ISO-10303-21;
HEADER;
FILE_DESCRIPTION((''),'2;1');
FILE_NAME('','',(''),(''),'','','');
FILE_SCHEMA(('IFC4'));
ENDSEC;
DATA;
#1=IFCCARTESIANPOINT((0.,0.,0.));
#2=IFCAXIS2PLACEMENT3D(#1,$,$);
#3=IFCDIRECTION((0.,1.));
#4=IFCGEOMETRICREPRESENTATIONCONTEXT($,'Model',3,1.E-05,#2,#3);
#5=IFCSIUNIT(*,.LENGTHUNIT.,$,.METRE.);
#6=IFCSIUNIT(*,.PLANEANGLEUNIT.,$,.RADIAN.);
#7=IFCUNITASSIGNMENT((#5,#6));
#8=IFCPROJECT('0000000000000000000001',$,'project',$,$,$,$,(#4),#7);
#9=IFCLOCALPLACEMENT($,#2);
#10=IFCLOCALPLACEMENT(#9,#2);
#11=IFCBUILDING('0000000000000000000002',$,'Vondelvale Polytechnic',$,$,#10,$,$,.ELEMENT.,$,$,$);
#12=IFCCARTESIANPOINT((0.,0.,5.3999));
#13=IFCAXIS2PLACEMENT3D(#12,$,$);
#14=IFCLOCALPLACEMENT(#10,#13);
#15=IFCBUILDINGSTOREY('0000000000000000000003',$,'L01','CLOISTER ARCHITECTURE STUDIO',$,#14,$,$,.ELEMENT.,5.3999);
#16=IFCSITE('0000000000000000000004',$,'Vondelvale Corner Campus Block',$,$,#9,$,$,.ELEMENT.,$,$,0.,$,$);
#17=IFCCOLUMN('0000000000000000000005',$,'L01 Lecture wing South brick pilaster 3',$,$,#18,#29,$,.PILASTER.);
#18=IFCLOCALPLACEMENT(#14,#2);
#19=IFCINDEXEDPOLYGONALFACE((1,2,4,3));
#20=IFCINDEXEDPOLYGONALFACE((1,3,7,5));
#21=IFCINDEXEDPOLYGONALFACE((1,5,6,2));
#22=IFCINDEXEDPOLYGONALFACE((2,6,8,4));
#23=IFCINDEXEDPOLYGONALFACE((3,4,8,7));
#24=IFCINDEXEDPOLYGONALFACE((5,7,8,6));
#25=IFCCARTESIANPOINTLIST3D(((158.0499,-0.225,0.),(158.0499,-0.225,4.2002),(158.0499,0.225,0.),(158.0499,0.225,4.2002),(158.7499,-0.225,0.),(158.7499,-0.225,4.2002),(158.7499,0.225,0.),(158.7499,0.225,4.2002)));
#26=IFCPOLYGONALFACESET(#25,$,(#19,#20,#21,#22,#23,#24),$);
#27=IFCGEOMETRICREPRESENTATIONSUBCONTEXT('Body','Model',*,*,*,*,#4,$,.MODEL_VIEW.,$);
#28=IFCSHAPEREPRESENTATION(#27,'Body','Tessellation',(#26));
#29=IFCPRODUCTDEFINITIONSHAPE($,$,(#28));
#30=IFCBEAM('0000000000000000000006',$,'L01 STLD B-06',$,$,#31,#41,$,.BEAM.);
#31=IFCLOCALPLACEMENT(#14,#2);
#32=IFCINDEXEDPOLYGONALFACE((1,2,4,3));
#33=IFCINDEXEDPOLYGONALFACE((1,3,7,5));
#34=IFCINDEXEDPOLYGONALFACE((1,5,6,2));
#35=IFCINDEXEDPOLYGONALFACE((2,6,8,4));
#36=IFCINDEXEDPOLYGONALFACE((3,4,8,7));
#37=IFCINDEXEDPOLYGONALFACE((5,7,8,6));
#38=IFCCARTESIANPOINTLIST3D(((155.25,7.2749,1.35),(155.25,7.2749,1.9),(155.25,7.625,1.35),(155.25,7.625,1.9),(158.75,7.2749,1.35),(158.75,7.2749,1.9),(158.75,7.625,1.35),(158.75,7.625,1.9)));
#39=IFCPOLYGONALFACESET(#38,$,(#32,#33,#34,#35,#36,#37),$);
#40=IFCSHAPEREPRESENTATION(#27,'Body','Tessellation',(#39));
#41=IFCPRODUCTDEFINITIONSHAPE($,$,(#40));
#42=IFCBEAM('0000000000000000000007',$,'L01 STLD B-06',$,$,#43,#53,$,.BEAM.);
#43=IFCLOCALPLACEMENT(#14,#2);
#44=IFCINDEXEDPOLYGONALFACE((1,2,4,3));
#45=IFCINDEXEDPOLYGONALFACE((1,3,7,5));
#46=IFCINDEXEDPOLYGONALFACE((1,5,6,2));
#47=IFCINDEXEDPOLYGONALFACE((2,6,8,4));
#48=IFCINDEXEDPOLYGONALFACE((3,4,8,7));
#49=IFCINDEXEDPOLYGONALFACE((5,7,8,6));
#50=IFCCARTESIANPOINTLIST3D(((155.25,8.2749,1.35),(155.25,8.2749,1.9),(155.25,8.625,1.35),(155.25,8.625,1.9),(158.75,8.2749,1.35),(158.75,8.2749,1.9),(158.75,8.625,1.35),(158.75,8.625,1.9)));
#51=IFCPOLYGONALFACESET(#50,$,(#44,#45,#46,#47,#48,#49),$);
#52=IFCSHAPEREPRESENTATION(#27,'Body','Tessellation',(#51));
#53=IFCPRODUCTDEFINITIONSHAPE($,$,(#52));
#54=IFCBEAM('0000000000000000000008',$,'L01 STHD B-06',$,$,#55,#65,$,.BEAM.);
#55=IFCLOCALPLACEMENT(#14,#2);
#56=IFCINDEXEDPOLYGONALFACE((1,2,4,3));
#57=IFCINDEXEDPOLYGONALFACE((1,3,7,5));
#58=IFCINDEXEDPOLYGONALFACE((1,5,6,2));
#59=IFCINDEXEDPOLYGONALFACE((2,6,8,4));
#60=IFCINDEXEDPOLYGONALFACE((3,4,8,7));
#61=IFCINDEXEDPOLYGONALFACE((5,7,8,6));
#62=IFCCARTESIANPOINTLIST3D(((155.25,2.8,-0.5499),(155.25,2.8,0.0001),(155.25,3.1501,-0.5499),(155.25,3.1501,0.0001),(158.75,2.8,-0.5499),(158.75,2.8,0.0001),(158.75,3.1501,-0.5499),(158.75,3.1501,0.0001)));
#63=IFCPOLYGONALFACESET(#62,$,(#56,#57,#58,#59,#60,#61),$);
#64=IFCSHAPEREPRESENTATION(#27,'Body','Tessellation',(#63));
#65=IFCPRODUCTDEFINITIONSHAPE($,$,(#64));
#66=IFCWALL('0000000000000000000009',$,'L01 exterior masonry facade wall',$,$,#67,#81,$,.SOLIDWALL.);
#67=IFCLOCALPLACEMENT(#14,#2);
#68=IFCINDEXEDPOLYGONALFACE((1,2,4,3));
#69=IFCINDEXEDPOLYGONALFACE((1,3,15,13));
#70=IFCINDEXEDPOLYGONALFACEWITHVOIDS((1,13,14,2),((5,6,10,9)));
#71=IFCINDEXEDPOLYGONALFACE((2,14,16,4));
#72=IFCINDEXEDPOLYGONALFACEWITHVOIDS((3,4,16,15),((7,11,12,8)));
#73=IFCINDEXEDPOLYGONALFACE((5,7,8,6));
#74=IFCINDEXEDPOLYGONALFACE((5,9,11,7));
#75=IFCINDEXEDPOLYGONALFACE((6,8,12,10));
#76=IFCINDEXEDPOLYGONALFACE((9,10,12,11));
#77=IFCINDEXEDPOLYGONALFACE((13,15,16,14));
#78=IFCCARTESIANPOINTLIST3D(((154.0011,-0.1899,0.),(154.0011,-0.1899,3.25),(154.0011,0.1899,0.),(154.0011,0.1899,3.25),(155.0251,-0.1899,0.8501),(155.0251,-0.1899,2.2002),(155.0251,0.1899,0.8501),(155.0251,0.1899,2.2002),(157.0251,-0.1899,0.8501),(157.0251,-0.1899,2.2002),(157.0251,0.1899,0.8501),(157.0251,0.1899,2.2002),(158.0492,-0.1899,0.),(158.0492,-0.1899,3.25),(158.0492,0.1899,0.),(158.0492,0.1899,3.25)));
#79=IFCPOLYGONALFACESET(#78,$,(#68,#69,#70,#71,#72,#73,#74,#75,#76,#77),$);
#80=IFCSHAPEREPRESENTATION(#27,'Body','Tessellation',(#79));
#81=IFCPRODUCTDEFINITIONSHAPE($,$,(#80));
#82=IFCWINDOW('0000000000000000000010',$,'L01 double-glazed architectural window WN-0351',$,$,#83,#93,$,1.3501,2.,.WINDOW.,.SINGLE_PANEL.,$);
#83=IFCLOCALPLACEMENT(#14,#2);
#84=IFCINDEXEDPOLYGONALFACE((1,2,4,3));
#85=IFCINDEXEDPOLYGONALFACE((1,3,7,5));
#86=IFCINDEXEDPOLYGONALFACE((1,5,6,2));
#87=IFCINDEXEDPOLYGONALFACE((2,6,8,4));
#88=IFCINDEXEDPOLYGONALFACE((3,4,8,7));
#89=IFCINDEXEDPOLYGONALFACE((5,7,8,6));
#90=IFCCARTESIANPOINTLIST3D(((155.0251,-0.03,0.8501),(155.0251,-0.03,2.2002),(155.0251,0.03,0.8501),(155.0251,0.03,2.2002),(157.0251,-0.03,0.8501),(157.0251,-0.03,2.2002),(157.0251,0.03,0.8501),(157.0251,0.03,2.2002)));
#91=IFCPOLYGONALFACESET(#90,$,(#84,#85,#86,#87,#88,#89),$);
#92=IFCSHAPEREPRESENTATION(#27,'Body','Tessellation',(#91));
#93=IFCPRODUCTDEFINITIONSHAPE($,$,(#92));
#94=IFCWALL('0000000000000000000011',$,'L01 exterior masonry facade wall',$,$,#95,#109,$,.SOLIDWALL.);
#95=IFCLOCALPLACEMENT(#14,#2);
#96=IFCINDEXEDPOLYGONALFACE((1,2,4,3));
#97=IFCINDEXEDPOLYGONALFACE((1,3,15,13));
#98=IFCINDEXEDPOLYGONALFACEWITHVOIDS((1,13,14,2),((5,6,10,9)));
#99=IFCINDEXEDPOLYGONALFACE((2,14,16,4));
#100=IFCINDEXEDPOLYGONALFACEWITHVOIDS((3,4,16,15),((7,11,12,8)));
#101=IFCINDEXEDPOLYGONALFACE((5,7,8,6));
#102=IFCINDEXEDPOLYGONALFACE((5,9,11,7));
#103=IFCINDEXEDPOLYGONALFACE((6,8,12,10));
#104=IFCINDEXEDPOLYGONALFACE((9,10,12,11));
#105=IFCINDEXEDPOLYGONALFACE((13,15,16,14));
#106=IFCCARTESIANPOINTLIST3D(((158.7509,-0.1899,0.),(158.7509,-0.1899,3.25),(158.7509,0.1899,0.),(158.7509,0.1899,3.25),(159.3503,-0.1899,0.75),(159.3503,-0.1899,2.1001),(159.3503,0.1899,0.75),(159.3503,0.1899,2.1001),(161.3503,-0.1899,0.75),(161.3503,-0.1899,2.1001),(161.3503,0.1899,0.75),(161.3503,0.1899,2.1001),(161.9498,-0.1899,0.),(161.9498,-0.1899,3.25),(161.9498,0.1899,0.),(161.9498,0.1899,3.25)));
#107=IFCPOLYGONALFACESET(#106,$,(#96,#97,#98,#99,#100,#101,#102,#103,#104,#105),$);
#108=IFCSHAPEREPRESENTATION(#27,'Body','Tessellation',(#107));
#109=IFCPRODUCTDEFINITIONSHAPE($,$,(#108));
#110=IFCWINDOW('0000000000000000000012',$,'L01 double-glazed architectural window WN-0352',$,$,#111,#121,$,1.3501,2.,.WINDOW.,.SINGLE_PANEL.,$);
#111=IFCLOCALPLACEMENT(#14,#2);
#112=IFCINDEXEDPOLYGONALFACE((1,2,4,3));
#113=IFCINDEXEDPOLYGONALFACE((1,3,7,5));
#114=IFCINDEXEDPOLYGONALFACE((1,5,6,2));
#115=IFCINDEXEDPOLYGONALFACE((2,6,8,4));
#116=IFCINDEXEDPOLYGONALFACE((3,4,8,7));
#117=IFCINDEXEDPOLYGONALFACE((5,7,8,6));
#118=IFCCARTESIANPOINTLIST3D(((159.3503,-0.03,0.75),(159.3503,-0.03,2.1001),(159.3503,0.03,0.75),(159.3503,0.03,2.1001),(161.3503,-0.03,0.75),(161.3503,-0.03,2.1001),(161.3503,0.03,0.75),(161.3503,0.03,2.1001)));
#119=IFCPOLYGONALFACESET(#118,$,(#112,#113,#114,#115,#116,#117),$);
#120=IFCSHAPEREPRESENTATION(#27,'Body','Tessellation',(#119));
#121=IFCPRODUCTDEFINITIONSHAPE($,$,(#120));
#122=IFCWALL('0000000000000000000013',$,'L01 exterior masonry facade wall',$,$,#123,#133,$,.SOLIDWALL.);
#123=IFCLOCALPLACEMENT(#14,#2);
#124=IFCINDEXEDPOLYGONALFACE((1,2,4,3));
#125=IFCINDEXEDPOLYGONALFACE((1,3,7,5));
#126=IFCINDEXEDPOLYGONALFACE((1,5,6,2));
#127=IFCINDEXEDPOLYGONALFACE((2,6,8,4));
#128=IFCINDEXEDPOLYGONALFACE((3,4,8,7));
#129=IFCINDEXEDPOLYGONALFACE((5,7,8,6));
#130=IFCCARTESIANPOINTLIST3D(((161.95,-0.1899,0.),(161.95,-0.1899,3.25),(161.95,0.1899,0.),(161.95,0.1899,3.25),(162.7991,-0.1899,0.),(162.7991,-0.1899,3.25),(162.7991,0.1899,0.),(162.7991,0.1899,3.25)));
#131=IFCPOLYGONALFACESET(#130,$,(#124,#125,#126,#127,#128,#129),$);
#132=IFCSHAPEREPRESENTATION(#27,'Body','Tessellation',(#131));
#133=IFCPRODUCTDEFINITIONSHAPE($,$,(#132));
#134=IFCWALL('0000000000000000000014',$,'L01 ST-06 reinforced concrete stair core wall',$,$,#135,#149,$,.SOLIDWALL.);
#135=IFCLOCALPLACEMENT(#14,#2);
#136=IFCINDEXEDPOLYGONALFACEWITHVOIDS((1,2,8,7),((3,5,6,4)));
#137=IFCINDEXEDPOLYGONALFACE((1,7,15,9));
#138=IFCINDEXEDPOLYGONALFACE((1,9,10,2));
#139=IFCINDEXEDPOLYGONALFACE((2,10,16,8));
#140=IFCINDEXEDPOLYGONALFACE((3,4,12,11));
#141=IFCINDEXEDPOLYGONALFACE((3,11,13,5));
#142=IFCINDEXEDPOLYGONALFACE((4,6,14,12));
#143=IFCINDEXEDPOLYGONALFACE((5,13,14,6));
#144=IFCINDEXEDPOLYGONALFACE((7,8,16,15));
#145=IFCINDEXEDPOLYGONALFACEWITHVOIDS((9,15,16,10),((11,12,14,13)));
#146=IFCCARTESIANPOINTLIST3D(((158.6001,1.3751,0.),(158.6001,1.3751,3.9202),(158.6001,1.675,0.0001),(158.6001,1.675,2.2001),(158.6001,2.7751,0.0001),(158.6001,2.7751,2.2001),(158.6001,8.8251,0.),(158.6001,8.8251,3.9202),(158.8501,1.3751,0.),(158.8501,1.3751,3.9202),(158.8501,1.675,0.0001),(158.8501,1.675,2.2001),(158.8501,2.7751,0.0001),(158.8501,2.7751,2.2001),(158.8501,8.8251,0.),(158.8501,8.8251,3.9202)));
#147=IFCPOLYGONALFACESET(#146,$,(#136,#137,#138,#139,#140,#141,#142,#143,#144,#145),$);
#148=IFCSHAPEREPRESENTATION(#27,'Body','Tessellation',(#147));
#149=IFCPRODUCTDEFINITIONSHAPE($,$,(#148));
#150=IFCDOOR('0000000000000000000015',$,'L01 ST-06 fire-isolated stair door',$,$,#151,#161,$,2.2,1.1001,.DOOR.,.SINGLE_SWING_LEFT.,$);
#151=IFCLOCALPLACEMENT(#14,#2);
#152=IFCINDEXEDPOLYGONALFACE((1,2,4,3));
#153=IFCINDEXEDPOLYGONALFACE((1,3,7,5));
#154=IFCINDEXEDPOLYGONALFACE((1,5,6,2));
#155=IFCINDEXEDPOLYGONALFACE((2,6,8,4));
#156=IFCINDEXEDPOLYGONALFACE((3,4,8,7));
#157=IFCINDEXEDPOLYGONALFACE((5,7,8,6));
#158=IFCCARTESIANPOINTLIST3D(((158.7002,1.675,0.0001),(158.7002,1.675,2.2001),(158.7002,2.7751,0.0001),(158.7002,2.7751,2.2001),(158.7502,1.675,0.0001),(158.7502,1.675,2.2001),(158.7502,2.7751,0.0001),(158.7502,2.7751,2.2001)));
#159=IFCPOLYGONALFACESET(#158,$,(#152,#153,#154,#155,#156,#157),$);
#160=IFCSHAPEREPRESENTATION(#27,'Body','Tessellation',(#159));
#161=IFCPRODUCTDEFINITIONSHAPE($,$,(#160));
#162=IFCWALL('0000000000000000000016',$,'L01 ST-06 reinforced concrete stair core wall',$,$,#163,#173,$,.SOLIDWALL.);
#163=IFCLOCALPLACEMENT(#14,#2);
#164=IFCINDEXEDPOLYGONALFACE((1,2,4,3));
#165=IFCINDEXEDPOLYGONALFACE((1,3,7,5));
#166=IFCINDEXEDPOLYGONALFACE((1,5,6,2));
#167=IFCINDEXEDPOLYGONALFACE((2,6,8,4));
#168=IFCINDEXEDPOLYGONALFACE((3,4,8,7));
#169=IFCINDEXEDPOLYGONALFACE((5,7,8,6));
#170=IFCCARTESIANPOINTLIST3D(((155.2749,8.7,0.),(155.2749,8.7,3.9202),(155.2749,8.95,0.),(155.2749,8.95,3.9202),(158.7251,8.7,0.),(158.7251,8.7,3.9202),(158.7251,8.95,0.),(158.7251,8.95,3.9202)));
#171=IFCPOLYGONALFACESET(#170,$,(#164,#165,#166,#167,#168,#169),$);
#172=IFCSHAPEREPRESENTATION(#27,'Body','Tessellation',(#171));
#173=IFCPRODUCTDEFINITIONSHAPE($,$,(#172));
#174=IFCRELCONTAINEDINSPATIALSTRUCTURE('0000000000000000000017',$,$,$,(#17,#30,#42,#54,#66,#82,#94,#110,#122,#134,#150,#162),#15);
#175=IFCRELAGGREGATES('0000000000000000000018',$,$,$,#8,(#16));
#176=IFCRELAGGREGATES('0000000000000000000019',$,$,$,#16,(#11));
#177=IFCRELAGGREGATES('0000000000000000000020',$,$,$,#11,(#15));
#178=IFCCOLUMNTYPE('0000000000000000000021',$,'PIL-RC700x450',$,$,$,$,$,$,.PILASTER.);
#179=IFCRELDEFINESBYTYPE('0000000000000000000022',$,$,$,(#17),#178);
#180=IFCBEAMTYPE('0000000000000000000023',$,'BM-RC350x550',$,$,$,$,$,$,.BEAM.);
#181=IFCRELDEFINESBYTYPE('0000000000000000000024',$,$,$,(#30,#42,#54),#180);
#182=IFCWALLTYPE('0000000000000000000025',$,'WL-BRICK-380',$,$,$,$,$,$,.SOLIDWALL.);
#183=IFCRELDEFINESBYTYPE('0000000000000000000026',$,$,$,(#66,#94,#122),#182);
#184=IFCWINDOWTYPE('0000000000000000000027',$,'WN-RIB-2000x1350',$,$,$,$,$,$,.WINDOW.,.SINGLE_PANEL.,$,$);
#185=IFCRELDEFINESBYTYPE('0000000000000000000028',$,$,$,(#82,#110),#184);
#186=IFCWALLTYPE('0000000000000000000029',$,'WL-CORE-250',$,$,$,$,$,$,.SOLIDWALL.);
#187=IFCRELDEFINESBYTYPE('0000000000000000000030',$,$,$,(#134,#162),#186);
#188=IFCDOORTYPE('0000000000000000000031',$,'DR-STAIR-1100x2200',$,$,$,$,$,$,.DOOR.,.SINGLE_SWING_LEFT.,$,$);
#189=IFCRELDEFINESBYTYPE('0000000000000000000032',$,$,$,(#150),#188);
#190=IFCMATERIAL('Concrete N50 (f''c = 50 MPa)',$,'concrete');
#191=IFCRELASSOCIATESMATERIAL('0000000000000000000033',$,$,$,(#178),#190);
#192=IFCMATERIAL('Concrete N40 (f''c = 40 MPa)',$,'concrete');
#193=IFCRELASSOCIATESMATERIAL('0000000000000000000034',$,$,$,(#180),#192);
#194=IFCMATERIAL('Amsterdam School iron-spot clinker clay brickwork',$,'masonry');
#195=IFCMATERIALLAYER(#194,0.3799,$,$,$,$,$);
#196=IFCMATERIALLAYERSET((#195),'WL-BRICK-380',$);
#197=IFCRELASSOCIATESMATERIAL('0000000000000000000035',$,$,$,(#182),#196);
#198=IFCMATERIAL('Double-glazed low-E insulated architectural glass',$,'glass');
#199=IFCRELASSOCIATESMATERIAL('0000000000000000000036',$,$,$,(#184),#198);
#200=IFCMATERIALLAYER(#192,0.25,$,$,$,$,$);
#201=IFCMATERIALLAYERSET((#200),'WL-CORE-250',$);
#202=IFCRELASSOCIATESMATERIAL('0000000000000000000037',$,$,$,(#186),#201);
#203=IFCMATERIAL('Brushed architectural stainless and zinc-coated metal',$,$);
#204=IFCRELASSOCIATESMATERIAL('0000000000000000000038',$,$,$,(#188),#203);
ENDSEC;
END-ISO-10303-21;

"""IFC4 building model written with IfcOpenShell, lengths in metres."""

from ifc_helpers import new_model, si_unit, direction, frame, frame_2d, origin, origin_2d, place, context, subcontext, project, spatial, rectangle, extrude, material, layer, layer_set, material_profile, profile_set, type_object, element, fill, save


model = new_model("IFC4")

# Units and contexts
model_context = context("Model", 3, precision=1e-05, world=origin(), true_north=direction((0.0, 1.0)))
body_context = subcontext(model_context, "Body", "Model", "MODEL_VIEW")
ifc_project = project(units=[si_unit("LENGTHUNIT", "METRE"), si_unit("PLANEANGLEUNIT", "RADIAN")], contexts=[model_context])

# Site, building, storey
site_placement = place(None, origin())
site = spatial("IfcSite", under=ifc_project, at=site_placement, Name="Vondelvale Corner Campus Block", CompositionType="ELEMENT", RefElevation=0.0)
building_placement = place(site_placement, origin())
building = spatial("IfcBuilding", under=site, at=building_placement, Name="Vondelvale Polytechnic", CompositionType="ELEMENT")
storey_placement = place(building_placement, frame((0.0, 0.0, 5.3999)))
storey = spatial("IfcBuildingStorey", under=building, at=storey_placement, Name="L01", Description="CLOISTER ARCHITECTURE STUDIO", CompositionType="ELEMENT", Elevation=5.3999)

# Column
ifc_material_1 = material(Name="Concrete N50 (f'c = 50 MPa)", Category="concrete")
ifc_material_profile_1 = material_profile(ifc_material_1, rectangle(XDim=0.45, YDim=0.7, at=origin_2d()), Name="RC-PIL-700x450")
ifc_profile_set_1 = profile_set([ifc_material_profile_1], Name="Concrete N50 (f'c = 50 MPa)")
column_type = type_object("IfcColumnType", Name="PIL-RC700x450", PredefinedType="PILASTER", material=ifc_profile_set_1)
column_placement = place(storey_placement, frame((158.3999, 0.0, 0.0), z_axis=(0.0, 0.0, 1.0), x_axis=(0.0, 1.0, 0.0)))
element("IfcColumn", 1, at=column_placement, inside=storey, type_object=column_type, Name="L01 Lecture wing South brick pilaster 3", PredefinedType="PILASTER", context=body_context, shape_type="SweptSolid", body=[
    extrude(rectangle(XDim=0.45, YDim=0.7, at=origin_2d()), origin(), (0.0, 0.0, 1.0), 4.2002),
])

# Beams
ifc_material_2 = material(Name="Concrete N40 (f'c = 40 MPa)", Category="concrete")
ifc_material_profile_2 = material_profile(ifc_material_2, rectangle(XDim=0.3501, YDim=0.55, at=origin_2d()), Name="RC-BM-350x550")
ifc_profile_set_2 = profile_set([ifc_material_profile_2], Name="Concrete N40 (f'c = 40 MPa)")
beam_type = type_object("IfcBeamType", Name="BM-RC350x550", PredefinedType="BEAM", material=ifc_profile_set_2)
for number, where, z_axis, x_axis, name in (
    (2, (158.75, 7.45, 1.625), (-1.0, 0.0, 0.0), (0.0, -1.0, 0.0), "L01 STLD B-06"),
    (3, (158.75, 8.45, 1.625), (-1.0, 0.0, 0.0), (0.0, -1.0, 0.0), "L01 STLD B-06"),
    (4, (158.75, 2.9751, -0.2749), (-1.0, 0.0, 0.0), (0.0, -1.0, 0.0), "L01 STHD B-06"),
):
    element("IfcBeam", number, at=place(storey_placement, frame(where, z_axis=z_axis, x_axis=x_axis)), inside=storey, type_object=beam_type, Name=name, PredefinedType="BEAM", context=body_context, shape_type="SweptSolid", body=[
        extrude(rectangle(XDim=0.3501, YDim=0.55, at=origin_2d()), origin(), (0.0, 0.0, 1.0), 3.5),
    ])

# Walls, openings, windows
ifc_material_3 = material(Name="Amsterdam School iron-spot clinker clay brickwork", Category="masonry")
ifc_layer_1 = layer(ifc_material_3, 0.3799)
ifc_layer_set_1 = layer_set([ifc_layer_1], Name="WL-BRICK-380")
wall_type_1 = type_object("IfcWallType", Name="WL-BRICK-380", PredefinedType="SOLIDWALL", material=ifc_layer_set_1)
wall_1_placement = place(storey_placement, frame((158.0491, 0.0, 0.0), z_axis=(0.0, 0.0, 1.0), x_axis=(-1.0, 0.0, 0.0)))
wall_1 = element("IfcWall", 5, at=wall_1_placement, inside=storey, type_object=wall_type_1, Name="L01 exterior masonry facade wall", PredefinedType="SOLIDWALL", context=body_context, shape_type="SweptSolid", body=[
    extrude(rectangle(XDim=4.0481, YDim=0.3799, at=frame_2d((2.0239, 0.0))), origin(), (0.0, 0.0, 1.0), 3.25),
])
opening_1_placement = place(wall_1_placement, frame((1.0239, 0.0, 0.8501)))
opening_1 = element("IfcOpeningElement", 6, at=opening_1_placement, cuts=wall_1, PredefinedType="OPENING", context=body_context, shape_type="SweptSolid", body=[
    extrude(rectangle(XDim=2.0, YDim=1.3501, at=frame_2d((1.0, 0.675))), frame((0.0, 0.2, 0.0), z_axis=(0.0, -1.0, 0.0), x_axis=(1.0, 0.0, 0.0)), (0.0, 0.0, 1.0), 0.3999),
])
ifc_material_4 = material(Name="Double-glazed low-E insulated architectural glass", Category="glass")
window_type = type_object("IfcWindowType", Name="WN-RIB-2000x1350", PartitioningType="SINGLE_PANEL", PredefinedType="WINDOW", material=ifc_material_4)
window_1_placement = place(opening_1_placement, origin())
window_1 = element("IfcWindow", 7, at=window_1_placement, inside=storey, type_object=window_type, Name="L01 double-glazed architectural window WN-0351", OverallHeight=1.3501, OverallWidth=2.0, PartitioningType="SINGLE_PANEL", PredefinedType="WINDOW", context=body_context, shape_type="SweptSolid", body=[
    extrude(rectangle(XDim=2.0, YDim=1.3501, at=frame_2d((1.0, 0.675))), frame((0.0, 0.03, 0.0), z_axis=(0.0, -1.0, 0.0), x_axis=(1.0, 0.0, 0.0)), (0.0, 0.0, 1.0), 0.0601),
])
fill(opening_1, window_1)
wall_2_placement = place(storey_placement, frame((161.95, 0.0, 0.0), z_axis=(0.0, 0.0, 1.0), x_axis=(-1.0, 0.0, 0.0)))
wall_2 = element("IfcWall", 8, at=wall_2_placement, inside=storey, type_object=wall_type_1, Name="L01 exterior masonry facade wall", PredefinedType="SOLIDWALL", context=body_context, shape_type="SweptSolid", body=[
    extrude(rectangle(XDim=3.199, YDim=0.3799, at=frame_2d((1.5996, 0.0))), origin(), (0.0, 0.0, 1.0), 3.25),
])
opening_2_placement = place(wall_2_placement, frame((0.5996, 0.0, 0.75)))
opening_2 = element("IfcOpeningElement", 9, at=opening_2_placement, cuts=wall_2, PredefinedType="OPENING", context=body_context, shape_type="SweptSolid", body=[
    extrude(rectangle(XDim=2.0, YDim=1.3501, at=frame_2d((1.0, 0.675))), frame((0.0, 0.2, 0.0), z_axis=(0.0, -1.0, 0.0), x_axis=(1.0, 0.0, 0.0)), (0.0, 0.0, 1.0), 0.3999),
])
window_2_placement = place(opening_2_placement, origin())
window_2 = element("IfcWindow", 10, at=window_2_placement, inside=storey, type_object=window_type, Name="L01 double-glazed architectural window WN-0352", OverallHeight=1.3501, OverallWidth=2.0, PartitioningType="SINGLE_PANEL", PredefinedType="WINDOW", context=body_context, shape_type="SweptSolid", body=[
    extrude(rectangle(XDim=2.0, YDim=1.3501, at=frame_2d((1.0, 0.675))), frame((0.0, 0.03, 0.0), z_axis=(0.0, -1.0, 0.0), x_axis=(1.0, 0.0, 0.0)), (0.0, 0.0, 1.0), 0.0601),
])
fill(opening_2, window_2)

# Wall
wall_3_placement = place(storey_placement, frame((162.7991, 0.0, 0.0), z_axis=(0.0, 0.0, 1.0), x_axis=(-1.0, 0.0, 0.0)))
element("IfcWall", 11, at=wall_3_placement, inside=storey, type_object=wall_type_1, Name="L01 exterior masonry facade wall", PredefinedType="SOLIDWALL", context=body_context, shape_type="SweptSolid", body=[
    extrude(rectangle(XDim=0.8491, YDim=0.3799, at=frame_2d((0.4246, 0.0))), origin(), (0.0, 0.0, 1.0), 3.25),
])

# Wall, opening, door
ifc_layer_2 = layer(ifc_material_2, 0.25)
ifc_layer_set_2 = layer_set([ifc_layer_2], Name="WL-CORE-250")
wall_type_2 = type_object("IfcWallType", Name="WL-CORE-250", PredefinedType="SOLIDWALL", material=ifc_layer_set_2)
wall_4_placement = place(storey_placement, frame((158.7251, 1.375, 0.0), z_axis=(0.0, 0.0, 1.0), x_axis=(0.0, 1.0, 0.0)))
wall_4 = element("IfcWall", 12, at=wall_4_placement, inside=storey, type_object=wall_type_2, Name="L01 ST-06 reinforced concrete stair core wall", PredefinedType="SOLIDWALL", context=body_context, shape_type="SweptSolid", body=[
    extrude(rectangle(XDim=7.45, YDim=0.25, at=frame_2d((3.7251, 0.0))), origin(), (0.0, 0.0, 1.0), 3.9202),
])
opening_3_placement = place(wall_4_placement, frame((0.3, 0.0, 0.0)))
opening_3 = element("IfcOpeningElement", 13, at=opening_3_placement, cuts=wall_4, PredefinedType="OPENING", context=body_context, shape_type="SweptSolid", body=[
    extrude(rectangle(XDim=1.1001, YDim=2.2, at=frame_2d((0.55, 1.1001))), frame((0.0, 0.135, 0.0), z_axis=(0.0, -1.0, 0.0), x_axis=(1.0, 0.0, 0.0)), (0.0, 0.0, 1.0), 0.27),
])
ifc_material_5 = material(Name="Brushed architectural stainless and zinc-coated metal")
door_type_1 = type_object("IfcDoorType", Name="DR-STAIR-1100x2200", OperationType="SINGLE_SWING_LEFT", PredefinedType="DOOR", material=ifc_material_5)
door_1_placement = place(opening_3_placement, origin())
door_1 = element("IfcDoor", 14, at=door_1_placement, inside=storey, type_object=door_type_1, Name="L01 ST-06 fire-isolated stair door", OperationType="SINGLE_SWING_LEFT", OverallHeight=2.2, OverallWidth=1.1001, PredefinedType="DOOR", context=body_context, shape_type="SweptSolid", body=[
    extrude(rectangle(XDim=1.1001, YDim=2.2, at=frame_2d((0.55, 1.1001))), frame((0.0, 0.0249, 0.0), z_axis=(0.0, -1.0, 0.0), x_axis=(1.0, 0.0, 0.0)), (0.0, 0.0, 1.0), 0.05),
])
fill(opening_3, door_1)

# Wall
wall_5_placement = place(storey_placement, frame((158.7251, 8.825, 0.0), z_axis=(0.0, 0.0, 1.0), x_axis=(-1.0, 0.0, 0.0)))
element("IfcWall", 15, at=wall_5_placement, inside=storey, type_object=wall_type_2, Name="L01 ST-06 reinforced concrete stair core wall", PredefinedType="SOLIDWALL", context=body_context, shape_type="SweptSolid", body=[
    extrude(rectangle(XDim=3.4502, YDim=0.25, at=frame_2d((1.7251, 0.0))), origin(), (0.0, 0.0, 1.0), 3.9202),
])

save(model, "model.ifc")
